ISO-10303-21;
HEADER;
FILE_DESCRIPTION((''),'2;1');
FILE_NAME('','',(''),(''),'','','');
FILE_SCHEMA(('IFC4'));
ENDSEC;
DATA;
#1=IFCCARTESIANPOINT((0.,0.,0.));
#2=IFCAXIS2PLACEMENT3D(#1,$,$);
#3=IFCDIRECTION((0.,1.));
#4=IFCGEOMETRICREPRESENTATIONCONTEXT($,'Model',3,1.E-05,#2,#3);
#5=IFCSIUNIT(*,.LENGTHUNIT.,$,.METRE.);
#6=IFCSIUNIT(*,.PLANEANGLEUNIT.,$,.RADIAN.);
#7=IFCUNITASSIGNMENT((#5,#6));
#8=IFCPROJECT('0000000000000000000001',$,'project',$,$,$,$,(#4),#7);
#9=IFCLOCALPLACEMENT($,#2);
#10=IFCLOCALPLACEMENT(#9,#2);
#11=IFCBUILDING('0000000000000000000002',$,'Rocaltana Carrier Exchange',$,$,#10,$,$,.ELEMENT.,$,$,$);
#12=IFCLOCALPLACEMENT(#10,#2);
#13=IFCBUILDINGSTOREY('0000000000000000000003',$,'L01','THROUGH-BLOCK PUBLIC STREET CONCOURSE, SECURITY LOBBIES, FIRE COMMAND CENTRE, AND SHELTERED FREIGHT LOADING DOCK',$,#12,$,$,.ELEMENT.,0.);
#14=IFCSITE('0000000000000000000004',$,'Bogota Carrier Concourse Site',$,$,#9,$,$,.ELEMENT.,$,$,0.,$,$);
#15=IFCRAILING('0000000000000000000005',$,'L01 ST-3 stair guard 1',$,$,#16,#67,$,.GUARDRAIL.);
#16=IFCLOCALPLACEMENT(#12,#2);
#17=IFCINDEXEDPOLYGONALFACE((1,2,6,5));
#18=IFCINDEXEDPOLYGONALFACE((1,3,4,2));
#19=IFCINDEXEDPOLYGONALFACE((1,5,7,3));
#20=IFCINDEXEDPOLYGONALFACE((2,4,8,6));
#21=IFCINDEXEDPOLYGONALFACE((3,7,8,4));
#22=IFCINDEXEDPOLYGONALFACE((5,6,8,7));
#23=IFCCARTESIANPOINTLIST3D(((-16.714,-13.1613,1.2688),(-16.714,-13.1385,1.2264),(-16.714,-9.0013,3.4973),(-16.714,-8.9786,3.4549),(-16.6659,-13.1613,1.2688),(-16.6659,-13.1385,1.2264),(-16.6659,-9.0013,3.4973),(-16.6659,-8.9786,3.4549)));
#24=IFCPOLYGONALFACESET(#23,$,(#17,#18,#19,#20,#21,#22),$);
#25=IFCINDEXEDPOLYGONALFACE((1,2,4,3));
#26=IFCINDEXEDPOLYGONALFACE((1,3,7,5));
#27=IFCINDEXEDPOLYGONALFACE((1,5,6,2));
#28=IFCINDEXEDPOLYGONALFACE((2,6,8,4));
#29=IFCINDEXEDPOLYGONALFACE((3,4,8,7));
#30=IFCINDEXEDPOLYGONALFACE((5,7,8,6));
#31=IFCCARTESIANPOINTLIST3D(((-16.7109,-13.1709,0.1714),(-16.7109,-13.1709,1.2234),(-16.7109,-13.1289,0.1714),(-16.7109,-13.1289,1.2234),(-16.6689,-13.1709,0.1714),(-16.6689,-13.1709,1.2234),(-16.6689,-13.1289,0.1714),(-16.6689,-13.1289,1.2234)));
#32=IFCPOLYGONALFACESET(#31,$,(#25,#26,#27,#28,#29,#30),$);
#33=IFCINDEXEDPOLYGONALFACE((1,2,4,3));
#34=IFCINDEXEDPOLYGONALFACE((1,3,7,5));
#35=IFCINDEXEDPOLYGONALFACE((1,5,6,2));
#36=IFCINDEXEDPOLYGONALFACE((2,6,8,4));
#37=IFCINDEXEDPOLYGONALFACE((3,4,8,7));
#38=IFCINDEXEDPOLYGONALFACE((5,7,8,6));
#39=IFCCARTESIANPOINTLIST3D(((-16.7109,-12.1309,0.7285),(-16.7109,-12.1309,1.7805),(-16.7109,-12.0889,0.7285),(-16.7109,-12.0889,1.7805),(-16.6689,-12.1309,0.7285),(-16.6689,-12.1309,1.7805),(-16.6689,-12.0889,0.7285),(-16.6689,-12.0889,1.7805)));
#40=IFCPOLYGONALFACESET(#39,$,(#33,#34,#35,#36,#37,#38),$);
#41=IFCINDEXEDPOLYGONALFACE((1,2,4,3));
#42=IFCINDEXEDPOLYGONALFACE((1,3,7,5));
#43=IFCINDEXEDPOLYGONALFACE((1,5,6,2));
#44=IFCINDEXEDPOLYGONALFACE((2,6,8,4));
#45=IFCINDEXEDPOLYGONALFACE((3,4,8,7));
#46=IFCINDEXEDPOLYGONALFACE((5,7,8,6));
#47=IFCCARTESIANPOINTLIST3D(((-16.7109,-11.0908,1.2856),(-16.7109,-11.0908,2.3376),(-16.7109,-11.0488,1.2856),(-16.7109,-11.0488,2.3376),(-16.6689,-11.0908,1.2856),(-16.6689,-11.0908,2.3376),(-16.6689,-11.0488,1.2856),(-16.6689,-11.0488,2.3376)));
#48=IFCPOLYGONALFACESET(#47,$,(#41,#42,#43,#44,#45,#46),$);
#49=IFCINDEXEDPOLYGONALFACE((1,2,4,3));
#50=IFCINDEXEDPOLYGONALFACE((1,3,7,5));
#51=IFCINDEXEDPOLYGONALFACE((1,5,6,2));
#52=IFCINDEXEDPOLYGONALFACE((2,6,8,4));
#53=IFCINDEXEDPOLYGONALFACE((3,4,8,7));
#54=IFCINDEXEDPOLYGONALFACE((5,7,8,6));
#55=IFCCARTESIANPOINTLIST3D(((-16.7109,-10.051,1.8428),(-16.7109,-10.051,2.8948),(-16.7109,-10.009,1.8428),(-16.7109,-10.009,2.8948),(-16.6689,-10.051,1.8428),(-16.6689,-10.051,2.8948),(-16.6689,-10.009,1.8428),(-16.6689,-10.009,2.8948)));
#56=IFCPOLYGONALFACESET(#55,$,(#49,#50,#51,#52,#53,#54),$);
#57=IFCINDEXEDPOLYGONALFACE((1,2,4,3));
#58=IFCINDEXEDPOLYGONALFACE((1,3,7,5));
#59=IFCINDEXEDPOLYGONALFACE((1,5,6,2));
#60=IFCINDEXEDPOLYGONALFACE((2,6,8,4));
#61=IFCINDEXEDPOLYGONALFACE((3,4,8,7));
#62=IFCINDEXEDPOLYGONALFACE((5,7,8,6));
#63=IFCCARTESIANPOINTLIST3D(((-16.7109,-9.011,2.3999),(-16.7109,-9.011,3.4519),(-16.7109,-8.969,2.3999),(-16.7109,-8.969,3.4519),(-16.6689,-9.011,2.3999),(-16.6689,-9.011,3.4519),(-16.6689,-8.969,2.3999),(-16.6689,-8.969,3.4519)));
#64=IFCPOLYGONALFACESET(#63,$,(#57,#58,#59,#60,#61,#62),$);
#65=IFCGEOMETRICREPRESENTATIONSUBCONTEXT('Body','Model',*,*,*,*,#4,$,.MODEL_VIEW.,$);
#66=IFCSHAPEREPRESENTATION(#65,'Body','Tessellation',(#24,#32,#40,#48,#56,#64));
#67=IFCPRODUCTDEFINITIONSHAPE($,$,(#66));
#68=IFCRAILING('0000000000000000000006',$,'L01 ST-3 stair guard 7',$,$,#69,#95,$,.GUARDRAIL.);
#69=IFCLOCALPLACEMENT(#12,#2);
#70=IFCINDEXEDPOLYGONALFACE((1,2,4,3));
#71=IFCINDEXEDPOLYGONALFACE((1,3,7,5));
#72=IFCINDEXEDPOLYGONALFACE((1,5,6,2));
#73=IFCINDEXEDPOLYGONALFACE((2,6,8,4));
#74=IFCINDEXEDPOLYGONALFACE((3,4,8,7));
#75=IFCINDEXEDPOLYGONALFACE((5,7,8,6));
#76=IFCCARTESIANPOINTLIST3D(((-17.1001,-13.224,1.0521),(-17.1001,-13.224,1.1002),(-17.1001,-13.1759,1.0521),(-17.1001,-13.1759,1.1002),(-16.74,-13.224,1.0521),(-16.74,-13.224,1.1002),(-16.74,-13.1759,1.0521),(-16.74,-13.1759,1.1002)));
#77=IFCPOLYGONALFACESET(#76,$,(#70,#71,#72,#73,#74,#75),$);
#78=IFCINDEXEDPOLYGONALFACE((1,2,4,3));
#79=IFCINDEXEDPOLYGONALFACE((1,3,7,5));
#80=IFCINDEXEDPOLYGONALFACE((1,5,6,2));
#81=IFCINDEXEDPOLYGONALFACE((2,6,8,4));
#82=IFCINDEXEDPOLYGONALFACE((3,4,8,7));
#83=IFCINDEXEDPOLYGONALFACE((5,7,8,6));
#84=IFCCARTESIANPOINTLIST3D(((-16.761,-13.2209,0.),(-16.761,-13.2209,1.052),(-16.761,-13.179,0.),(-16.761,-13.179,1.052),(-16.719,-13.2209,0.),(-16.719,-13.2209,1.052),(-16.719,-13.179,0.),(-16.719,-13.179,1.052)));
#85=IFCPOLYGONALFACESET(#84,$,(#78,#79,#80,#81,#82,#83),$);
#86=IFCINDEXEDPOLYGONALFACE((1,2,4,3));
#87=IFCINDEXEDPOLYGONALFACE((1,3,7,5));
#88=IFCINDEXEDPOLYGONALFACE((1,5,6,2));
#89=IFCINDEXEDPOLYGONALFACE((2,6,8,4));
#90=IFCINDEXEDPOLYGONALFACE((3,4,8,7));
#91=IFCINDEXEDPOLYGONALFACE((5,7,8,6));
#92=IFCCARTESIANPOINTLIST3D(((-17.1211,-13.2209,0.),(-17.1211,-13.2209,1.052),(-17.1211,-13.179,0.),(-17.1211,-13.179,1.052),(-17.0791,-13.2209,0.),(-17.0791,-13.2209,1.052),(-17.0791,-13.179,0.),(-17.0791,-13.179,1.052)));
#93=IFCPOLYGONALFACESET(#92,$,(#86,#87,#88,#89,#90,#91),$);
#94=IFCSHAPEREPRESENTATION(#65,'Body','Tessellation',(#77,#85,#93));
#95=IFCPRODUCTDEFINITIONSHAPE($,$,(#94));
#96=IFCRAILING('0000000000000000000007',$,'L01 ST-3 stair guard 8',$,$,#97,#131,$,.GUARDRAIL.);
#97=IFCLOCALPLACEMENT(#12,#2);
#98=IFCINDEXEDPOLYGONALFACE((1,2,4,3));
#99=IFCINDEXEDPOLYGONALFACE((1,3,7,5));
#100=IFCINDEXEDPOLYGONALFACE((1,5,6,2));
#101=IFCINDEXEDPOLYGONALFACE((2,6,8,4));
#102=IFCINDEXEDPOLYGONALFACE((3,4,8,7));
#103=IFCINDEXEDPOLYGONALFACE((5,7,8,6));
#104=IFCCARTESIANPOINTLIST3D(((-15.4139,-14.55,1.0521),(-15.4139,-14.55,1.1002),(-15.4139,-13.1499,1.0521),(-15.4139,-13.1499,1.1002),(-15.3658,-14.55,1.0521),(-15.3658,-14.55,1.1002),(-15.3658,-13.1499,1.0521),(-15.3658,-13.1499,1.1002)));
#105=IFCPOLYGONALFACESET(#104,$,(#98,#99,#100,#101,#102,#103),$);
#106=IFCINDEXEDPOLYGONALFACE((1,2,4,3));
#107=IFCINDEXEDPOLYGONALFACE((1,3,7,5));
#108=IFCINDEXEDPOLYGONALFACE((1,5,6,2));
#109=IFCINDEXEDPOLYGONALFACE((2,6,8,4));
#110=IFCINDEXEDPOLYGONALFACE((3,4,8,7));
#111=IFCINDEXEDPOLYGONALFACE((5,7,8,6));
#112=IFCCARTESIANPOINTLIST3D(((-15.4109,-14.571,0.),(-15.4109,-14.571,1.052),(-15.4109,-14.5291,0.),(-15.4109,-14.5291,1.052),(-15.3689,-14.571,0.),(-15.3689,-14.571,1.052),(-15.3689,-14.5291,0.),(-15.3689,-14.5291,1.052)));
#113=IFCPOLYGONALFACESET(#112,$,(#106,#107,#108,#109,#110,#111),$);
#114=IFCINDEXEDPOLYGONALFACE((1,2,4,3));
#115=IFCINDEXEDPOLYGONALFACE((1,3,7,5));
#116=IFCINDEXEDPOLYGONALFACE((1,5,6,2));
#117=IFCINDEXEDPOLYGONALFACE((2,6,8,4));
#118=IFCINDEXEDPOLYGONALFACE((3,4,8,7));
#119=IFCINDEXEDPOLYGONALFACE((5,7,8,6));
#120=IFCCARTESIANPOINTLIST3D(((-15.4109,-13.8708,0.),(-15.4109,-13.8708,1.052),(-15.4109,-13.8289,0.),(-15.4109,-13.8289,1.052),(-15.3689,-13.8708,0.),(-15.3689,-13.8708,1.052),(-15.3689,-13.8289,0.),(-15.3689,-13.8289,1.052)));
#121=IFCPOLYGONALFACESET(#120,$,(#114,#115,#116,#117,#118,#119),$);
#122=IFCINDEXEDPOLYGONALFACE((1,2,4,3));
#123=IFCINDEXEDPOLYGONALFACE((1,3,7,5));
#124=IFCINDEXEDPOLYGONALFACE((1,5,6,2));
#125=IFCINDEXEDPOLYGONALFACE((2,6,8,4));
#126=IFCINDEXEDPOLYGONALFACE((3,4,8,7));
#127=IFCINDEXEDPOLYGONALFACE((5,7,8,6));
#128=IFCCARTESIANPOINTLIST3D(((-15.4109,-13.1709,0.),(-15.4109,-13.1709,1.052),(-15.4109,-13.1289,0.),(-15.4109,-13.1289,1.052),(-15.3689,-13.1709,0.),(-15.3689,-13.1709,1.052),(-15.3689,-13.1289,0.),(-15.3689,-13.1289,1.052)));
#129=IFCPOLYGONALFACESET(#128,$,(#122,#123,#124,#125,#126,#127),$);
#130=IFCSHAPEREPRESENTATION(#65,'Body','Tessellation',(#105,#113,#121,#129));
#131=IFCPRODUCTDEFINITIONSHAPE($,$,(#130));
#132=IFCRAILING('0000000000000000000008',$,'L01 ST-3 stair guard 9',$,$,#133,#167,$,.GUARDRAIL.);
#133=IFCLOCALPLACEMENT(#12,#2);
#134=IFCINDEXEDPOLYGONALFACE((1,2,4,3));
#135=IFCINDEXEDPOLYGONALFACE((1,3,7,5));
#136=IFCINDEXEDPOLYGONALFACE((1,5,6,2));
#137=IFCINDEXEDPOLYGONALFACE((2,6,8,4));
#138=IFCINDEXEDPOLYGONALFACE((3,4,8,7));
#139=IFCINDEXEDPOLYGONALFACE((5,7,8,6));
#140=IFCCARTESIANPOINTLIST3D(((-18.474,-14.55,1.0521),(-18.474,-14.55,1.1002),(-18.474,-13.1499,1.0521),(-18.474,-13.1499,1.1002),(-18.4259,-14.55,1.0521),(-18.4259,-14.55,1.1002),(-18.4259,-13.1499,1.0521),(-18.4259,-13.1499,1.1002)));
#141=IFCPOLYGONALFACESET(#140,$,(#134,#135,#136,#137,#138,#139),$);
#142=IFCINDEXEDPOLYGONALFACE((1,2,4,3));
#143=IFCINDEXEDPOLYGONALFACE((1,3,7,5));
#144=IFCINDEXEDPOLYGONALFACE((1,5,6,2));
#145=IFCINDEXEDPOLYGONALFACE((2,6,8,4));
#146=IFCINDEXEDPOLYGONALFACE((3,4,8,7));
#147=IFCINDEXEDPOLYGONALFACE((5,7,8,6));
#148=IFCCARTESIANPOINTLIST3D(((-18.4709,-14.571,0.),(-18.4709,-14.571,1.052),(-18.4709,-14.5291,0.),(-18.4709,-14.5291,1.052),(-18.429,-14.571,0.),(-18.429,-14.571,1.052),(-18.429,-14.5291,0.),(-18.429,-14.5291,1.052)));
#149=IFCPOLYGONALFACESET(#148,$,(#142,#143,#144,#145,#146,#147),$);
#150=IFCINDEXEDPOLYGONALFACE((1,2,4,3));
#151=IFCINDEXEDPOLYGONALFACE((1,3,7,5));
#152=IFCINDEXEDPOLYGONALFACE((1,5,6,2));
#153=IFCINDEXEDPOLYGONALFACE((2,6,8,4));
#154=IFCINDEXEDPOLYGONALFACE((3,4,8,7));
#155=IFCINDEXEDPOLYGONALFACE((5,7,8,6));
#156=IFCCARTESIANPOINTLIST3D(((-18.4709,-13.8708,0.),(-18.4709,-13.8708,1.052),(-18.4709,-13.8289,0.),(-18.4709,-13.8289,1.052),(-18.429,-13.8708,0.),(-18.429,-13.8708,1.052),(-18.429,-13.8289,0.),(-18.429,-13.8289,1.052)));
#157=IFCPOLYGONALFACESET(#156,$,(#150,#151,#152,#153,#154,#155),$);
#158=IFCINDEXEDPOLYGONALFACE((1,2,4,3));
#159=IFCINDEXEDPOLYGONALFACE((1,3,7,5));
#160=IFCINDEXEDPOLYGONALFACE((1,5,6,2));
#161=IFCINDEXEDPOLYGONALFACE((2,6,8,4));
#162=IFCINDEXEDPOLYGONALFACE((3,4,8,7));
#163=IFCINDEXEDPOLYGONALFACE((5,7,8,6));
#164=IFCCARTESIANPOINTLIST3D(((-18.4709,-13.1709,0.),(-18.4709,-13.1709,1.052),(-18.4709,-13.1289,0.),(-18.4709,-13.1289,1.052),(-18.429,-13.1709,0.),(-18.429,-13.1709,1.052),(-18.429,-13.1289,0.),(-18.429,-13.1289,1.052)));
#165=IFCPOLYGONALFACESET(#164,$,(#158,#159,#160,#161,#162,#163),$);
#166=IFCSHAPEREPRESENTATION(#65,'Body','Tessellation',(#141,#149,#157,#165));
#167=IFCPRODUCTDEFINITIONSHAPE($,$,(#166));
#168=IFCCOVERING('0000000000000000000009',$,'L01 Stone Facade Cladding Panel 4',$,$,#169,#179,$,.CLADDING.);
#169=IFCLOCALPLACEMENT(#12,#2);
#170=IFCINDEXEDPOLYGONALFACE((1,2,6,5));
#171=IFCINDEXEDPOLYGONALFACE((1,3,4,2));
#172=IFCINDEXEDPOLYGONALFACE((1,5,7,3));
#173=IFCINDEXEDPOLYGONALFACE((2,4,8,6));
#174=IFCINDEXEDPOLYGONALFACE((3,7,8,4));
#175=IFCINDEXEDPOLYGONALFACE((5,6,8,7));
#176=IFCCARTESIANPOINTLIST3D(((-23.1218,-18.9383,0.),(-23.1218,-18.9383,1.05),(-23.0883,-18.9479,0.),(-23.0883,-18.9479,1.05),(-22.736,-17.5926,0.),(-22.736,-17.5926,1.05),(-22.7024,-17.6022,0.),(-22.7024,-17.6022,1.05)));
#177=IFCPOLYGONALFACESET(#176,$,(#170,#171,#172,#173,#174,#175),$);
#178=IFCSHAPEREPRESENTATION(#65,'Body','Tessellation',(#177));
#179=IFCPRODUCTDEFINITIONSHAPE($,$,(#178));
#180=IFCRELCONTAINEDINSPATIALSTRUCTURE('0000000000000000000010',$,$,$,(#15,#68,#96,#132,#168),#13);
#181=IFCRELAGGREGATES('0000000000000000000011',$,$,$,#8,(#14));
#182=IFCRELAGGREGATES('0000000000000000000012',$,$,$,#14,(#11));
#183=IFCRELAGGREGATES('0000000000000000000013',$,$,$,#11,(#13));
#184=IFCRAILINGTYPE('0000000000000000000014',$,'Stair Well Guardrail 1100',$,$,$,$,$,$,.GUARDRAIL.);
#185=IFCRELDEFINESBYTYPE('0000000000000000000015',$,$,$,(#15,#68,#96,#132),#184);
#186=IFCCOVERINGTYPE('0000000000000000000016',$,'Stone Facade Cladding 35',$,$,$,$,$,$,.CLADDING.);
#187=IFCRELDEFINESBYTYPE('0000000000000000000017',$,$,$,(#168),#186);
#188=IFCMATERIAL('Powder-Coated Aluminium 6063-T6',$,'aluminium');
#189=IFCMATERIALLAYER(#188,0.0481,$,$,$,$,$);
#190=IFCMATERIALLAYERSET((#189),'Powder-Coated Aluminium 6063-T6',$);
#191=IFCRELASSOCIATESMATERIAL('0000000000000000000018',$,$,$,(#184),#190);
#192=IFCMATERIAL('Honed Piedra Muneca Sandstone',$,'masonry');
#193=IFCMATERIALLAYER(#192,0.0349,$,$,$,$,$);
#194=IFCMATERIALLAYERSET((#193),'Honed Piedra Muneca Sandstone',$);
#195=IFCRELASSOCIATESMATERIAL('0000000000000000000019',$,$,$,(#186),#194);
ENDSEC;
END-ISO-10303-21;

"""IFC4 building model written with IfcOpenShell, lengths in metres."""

from ifc_helpers import new_model, si_unit, direction, frame, origin, origin_2d, place, context, subcontext, project, spatial, rectangle, extrude, material, layer, layer_set, type_object, element, save


model = new_model("IFC4")

# Units and contexts
model_context = context("Model", 3, precision=1e-05, world=origin(), true_north=direction((0.0, 1.0)))
body_context = subcontext(model_context, "Body", "Model", "MODEL_VIEW")
ifc_project = project(units=[si_unit("LENGTHUNIT", "METRE"), si_unit("PLANEANGLEUNIT", "RADIAN")], contexts=[model_context])

# Site, building, storey
site_placement = place(None, origin())
site = spatial("IfcSite", under=ifc_project, at=site_placement, Name="Bogota Carrier Concourse Site", CompositionType="ELEMENT", RefElevation=0.0)
building_placement = place(site_placement, origin())
building = spatial("IfcBuilding", under=site, at=building_placement, Name="Rocaltana Carrier Exchange", CompositionType="ELEMENT")
storey_placement = place(building_placement, origin())
storey = spatial("IfcBuildingStorey", under=building, at=storey_placement, Name="L01", Description="THROUGH-BLOCK PUBLIC STREET CONCOURSE, SECURITY LOBBIES, FIRE COMMAND CENTRE, AND SHELTERED FREIGHT LOADING DOCK", CompositionType="ELEMENT", Elevation=0.0)

# Railings
ifc_material_1 = material(Name="Powder-Coated Aluminium 6063-T6", Category="aluminium")
ifc_layer_1 = layer(ifc_material_1, 0.0481)
ifc_layer_set_1 = layer_set([ifc_layer_1], Name="Powder-Coated Aluminium 6063-T6")
railing_type = type_object("IfcRailingType", Name="Stair Well Guardrail 1100", PredefinedType="GUARDRAIL", material=ifc_layer_set_1)
railing_1_placement = place(storey_placement, frame((-16.6899, -13.1499, 0.1714)))
element("IfcRailing", 1, at=railing_1_placement, inside=storey, type_object=railing_type, Name="L01 ST-3 stair guard 1", PredefinedType="GUARDRAIL", context=body_context, shape_type="SweptSolid", body=[
    extrude(rectangle(XDim=0.0481, YDim=0.0481, at=origin_2d()), frame((0.0, 0.0, 1.0762), z_axis=(0.0, 0.881481, 0.47222), x_axis=(-1.0, 0.0, 0.0)), (0.0, 0.0, 1.0), 4.7192),
    extrude(rectangle(XDim=0.042, YDim=0.042, at=origin_2d()), origin(), (0.0, 0.0, 1.0), 1.052),
    extrude(rectangle(XDim=0.042, YDim=0.042, at=origin_2d()), frame((0.0, 1.04, 0.5571)), (0.0, 0.0, 1.0), 1.052),
    extrude(rectangle(XDim=0.042, YDim=0.042, at=origin_2d()), frame((0.0, 2.0801, 1.1143)), (0.0, 0.0, 1.0), 1.052),
    extrude(rectangle(XDim=0.042, YDim=0.042, at=origin_2d()), frame((0.0, 3.1199, 1.6714)), (0.0, 0.0, 1.0), 1.052),
    extrude(rectangle(XDim=0.042, YDim=0.042, at=origin_2d()), frame((0.0, 4.1599, 2.2285)), (0.0, 0.0, 1.0), 1.052),
])
railing_2_placement = place(storey_placement, frame((-16.74, -13.2, 0.0)))
element("IfcRailing", 2, at=railing_2_placement, inside=storey, type_object=railing_type, Name="L01 ST-3 stair guard 7", PredefinedType="GUARDRAIL", context=body_context, shape_type="SweptSolid", body=[
    extrude(rectangle(XDim=0.0481, YDim=0.0481, at=origin_2d()), frame((0.0, 0.0, 1.0762), z_axis=(-1.0, 0.0, 0.0), x_axis=(0.0, -1.0, 0.0)), (0.0, 0.0, 1.0), 0.3601),
    extrude(rectangle(XDim=0.042, YDim=0.042, at=origin_2d()), origin(), (0.0, 0.0, 1.0), 1.052),
    extrude(rectangle(XDim=0.042, YDim=0.042, at=origin_2d()), frame((-0.3601, 0.0, 0.0)), (0.0, 0.0, 1.0), 1.052),
])
for number, where, name in (
    (3, (-15.3899, -14.55, 0.0), "L01 ST-3 stair guard 8"),
    (4, (-18.45, -14.55, 0.0), "L01 ST-3 stair guard 9"),
):
    element("IfcRailing", number, at=place(storey_placement, frame(where)), inside=storey, type_object=railing_type, Name=name, PredefinedType="GUARDRAIL", context=body_context, shape_type="SweptSolid", body=[
        extrude(rectangle(XDim=0.0481, YDim=0.0481, at=origin_2d()), frame((0.0, 0.0, 1.0762), z_axis=(0.0, 1.0, 0.0), x_axis=(-1.0, 0.0, 0.0)), (0.0, 0.0, 1.0), 1.4001),
        extrude(rectangle(XDim=0.042, YDim=0.042, at=origin_2d()), origin(), (0.0, 0.0, 1.0), 1.052),
        extrude(rectangle(XDim=0.042, YDim=0.042, at=origin_2d()), frame((0.0, 0.7002, 0.0)), (0.0, 0.0, 1.0), 1.052),
        extrude(rectangle(XDim=0.042, YDim=0.042, at=origin_2d()), frame((0.0, 1.4001, 0.0)), (0.0, 0.0, 1.0), 1.052),
    ])

# Covering
ifc_material_2 = material(Name="Honed Piedra Muneca Sandstone", Category="masonry")
ifc_layer_2 = layer(ifc_material_2, 0.0349)
ifc_layer_set_2 = layer_set([ifc_layer_2], Name="Honed Piedra Muneca Sandstone")
covering_type = type_object("IfcCoveringType", Name="Stone Facade Cladding 35", PredefinedType="CLADDING", material=ifc_layer_set_2)
covering_placement = place(storey_placement, frame((-22.9121, -18.2703, 0.0), z_axis=(0.0, 0.0, 1.0), x_axis=(0.275637, 0.961262, 0.0)))
element("IfcCovering", 5, at=covering_placement, inside=storey, type_object=covering_type, Name="L01 Stone Facade Cladding Panel 4", PredefinedType="CLADDING", context=body_context, shape_type="SweptSolid", body=[
    extrude(rectangle(XDim=1.3999, YDim=0.0349, at=origin_2d()), origin(), (0.0, 0.0, 1.0), 1.05),
])

save(model, "model.ifc")
